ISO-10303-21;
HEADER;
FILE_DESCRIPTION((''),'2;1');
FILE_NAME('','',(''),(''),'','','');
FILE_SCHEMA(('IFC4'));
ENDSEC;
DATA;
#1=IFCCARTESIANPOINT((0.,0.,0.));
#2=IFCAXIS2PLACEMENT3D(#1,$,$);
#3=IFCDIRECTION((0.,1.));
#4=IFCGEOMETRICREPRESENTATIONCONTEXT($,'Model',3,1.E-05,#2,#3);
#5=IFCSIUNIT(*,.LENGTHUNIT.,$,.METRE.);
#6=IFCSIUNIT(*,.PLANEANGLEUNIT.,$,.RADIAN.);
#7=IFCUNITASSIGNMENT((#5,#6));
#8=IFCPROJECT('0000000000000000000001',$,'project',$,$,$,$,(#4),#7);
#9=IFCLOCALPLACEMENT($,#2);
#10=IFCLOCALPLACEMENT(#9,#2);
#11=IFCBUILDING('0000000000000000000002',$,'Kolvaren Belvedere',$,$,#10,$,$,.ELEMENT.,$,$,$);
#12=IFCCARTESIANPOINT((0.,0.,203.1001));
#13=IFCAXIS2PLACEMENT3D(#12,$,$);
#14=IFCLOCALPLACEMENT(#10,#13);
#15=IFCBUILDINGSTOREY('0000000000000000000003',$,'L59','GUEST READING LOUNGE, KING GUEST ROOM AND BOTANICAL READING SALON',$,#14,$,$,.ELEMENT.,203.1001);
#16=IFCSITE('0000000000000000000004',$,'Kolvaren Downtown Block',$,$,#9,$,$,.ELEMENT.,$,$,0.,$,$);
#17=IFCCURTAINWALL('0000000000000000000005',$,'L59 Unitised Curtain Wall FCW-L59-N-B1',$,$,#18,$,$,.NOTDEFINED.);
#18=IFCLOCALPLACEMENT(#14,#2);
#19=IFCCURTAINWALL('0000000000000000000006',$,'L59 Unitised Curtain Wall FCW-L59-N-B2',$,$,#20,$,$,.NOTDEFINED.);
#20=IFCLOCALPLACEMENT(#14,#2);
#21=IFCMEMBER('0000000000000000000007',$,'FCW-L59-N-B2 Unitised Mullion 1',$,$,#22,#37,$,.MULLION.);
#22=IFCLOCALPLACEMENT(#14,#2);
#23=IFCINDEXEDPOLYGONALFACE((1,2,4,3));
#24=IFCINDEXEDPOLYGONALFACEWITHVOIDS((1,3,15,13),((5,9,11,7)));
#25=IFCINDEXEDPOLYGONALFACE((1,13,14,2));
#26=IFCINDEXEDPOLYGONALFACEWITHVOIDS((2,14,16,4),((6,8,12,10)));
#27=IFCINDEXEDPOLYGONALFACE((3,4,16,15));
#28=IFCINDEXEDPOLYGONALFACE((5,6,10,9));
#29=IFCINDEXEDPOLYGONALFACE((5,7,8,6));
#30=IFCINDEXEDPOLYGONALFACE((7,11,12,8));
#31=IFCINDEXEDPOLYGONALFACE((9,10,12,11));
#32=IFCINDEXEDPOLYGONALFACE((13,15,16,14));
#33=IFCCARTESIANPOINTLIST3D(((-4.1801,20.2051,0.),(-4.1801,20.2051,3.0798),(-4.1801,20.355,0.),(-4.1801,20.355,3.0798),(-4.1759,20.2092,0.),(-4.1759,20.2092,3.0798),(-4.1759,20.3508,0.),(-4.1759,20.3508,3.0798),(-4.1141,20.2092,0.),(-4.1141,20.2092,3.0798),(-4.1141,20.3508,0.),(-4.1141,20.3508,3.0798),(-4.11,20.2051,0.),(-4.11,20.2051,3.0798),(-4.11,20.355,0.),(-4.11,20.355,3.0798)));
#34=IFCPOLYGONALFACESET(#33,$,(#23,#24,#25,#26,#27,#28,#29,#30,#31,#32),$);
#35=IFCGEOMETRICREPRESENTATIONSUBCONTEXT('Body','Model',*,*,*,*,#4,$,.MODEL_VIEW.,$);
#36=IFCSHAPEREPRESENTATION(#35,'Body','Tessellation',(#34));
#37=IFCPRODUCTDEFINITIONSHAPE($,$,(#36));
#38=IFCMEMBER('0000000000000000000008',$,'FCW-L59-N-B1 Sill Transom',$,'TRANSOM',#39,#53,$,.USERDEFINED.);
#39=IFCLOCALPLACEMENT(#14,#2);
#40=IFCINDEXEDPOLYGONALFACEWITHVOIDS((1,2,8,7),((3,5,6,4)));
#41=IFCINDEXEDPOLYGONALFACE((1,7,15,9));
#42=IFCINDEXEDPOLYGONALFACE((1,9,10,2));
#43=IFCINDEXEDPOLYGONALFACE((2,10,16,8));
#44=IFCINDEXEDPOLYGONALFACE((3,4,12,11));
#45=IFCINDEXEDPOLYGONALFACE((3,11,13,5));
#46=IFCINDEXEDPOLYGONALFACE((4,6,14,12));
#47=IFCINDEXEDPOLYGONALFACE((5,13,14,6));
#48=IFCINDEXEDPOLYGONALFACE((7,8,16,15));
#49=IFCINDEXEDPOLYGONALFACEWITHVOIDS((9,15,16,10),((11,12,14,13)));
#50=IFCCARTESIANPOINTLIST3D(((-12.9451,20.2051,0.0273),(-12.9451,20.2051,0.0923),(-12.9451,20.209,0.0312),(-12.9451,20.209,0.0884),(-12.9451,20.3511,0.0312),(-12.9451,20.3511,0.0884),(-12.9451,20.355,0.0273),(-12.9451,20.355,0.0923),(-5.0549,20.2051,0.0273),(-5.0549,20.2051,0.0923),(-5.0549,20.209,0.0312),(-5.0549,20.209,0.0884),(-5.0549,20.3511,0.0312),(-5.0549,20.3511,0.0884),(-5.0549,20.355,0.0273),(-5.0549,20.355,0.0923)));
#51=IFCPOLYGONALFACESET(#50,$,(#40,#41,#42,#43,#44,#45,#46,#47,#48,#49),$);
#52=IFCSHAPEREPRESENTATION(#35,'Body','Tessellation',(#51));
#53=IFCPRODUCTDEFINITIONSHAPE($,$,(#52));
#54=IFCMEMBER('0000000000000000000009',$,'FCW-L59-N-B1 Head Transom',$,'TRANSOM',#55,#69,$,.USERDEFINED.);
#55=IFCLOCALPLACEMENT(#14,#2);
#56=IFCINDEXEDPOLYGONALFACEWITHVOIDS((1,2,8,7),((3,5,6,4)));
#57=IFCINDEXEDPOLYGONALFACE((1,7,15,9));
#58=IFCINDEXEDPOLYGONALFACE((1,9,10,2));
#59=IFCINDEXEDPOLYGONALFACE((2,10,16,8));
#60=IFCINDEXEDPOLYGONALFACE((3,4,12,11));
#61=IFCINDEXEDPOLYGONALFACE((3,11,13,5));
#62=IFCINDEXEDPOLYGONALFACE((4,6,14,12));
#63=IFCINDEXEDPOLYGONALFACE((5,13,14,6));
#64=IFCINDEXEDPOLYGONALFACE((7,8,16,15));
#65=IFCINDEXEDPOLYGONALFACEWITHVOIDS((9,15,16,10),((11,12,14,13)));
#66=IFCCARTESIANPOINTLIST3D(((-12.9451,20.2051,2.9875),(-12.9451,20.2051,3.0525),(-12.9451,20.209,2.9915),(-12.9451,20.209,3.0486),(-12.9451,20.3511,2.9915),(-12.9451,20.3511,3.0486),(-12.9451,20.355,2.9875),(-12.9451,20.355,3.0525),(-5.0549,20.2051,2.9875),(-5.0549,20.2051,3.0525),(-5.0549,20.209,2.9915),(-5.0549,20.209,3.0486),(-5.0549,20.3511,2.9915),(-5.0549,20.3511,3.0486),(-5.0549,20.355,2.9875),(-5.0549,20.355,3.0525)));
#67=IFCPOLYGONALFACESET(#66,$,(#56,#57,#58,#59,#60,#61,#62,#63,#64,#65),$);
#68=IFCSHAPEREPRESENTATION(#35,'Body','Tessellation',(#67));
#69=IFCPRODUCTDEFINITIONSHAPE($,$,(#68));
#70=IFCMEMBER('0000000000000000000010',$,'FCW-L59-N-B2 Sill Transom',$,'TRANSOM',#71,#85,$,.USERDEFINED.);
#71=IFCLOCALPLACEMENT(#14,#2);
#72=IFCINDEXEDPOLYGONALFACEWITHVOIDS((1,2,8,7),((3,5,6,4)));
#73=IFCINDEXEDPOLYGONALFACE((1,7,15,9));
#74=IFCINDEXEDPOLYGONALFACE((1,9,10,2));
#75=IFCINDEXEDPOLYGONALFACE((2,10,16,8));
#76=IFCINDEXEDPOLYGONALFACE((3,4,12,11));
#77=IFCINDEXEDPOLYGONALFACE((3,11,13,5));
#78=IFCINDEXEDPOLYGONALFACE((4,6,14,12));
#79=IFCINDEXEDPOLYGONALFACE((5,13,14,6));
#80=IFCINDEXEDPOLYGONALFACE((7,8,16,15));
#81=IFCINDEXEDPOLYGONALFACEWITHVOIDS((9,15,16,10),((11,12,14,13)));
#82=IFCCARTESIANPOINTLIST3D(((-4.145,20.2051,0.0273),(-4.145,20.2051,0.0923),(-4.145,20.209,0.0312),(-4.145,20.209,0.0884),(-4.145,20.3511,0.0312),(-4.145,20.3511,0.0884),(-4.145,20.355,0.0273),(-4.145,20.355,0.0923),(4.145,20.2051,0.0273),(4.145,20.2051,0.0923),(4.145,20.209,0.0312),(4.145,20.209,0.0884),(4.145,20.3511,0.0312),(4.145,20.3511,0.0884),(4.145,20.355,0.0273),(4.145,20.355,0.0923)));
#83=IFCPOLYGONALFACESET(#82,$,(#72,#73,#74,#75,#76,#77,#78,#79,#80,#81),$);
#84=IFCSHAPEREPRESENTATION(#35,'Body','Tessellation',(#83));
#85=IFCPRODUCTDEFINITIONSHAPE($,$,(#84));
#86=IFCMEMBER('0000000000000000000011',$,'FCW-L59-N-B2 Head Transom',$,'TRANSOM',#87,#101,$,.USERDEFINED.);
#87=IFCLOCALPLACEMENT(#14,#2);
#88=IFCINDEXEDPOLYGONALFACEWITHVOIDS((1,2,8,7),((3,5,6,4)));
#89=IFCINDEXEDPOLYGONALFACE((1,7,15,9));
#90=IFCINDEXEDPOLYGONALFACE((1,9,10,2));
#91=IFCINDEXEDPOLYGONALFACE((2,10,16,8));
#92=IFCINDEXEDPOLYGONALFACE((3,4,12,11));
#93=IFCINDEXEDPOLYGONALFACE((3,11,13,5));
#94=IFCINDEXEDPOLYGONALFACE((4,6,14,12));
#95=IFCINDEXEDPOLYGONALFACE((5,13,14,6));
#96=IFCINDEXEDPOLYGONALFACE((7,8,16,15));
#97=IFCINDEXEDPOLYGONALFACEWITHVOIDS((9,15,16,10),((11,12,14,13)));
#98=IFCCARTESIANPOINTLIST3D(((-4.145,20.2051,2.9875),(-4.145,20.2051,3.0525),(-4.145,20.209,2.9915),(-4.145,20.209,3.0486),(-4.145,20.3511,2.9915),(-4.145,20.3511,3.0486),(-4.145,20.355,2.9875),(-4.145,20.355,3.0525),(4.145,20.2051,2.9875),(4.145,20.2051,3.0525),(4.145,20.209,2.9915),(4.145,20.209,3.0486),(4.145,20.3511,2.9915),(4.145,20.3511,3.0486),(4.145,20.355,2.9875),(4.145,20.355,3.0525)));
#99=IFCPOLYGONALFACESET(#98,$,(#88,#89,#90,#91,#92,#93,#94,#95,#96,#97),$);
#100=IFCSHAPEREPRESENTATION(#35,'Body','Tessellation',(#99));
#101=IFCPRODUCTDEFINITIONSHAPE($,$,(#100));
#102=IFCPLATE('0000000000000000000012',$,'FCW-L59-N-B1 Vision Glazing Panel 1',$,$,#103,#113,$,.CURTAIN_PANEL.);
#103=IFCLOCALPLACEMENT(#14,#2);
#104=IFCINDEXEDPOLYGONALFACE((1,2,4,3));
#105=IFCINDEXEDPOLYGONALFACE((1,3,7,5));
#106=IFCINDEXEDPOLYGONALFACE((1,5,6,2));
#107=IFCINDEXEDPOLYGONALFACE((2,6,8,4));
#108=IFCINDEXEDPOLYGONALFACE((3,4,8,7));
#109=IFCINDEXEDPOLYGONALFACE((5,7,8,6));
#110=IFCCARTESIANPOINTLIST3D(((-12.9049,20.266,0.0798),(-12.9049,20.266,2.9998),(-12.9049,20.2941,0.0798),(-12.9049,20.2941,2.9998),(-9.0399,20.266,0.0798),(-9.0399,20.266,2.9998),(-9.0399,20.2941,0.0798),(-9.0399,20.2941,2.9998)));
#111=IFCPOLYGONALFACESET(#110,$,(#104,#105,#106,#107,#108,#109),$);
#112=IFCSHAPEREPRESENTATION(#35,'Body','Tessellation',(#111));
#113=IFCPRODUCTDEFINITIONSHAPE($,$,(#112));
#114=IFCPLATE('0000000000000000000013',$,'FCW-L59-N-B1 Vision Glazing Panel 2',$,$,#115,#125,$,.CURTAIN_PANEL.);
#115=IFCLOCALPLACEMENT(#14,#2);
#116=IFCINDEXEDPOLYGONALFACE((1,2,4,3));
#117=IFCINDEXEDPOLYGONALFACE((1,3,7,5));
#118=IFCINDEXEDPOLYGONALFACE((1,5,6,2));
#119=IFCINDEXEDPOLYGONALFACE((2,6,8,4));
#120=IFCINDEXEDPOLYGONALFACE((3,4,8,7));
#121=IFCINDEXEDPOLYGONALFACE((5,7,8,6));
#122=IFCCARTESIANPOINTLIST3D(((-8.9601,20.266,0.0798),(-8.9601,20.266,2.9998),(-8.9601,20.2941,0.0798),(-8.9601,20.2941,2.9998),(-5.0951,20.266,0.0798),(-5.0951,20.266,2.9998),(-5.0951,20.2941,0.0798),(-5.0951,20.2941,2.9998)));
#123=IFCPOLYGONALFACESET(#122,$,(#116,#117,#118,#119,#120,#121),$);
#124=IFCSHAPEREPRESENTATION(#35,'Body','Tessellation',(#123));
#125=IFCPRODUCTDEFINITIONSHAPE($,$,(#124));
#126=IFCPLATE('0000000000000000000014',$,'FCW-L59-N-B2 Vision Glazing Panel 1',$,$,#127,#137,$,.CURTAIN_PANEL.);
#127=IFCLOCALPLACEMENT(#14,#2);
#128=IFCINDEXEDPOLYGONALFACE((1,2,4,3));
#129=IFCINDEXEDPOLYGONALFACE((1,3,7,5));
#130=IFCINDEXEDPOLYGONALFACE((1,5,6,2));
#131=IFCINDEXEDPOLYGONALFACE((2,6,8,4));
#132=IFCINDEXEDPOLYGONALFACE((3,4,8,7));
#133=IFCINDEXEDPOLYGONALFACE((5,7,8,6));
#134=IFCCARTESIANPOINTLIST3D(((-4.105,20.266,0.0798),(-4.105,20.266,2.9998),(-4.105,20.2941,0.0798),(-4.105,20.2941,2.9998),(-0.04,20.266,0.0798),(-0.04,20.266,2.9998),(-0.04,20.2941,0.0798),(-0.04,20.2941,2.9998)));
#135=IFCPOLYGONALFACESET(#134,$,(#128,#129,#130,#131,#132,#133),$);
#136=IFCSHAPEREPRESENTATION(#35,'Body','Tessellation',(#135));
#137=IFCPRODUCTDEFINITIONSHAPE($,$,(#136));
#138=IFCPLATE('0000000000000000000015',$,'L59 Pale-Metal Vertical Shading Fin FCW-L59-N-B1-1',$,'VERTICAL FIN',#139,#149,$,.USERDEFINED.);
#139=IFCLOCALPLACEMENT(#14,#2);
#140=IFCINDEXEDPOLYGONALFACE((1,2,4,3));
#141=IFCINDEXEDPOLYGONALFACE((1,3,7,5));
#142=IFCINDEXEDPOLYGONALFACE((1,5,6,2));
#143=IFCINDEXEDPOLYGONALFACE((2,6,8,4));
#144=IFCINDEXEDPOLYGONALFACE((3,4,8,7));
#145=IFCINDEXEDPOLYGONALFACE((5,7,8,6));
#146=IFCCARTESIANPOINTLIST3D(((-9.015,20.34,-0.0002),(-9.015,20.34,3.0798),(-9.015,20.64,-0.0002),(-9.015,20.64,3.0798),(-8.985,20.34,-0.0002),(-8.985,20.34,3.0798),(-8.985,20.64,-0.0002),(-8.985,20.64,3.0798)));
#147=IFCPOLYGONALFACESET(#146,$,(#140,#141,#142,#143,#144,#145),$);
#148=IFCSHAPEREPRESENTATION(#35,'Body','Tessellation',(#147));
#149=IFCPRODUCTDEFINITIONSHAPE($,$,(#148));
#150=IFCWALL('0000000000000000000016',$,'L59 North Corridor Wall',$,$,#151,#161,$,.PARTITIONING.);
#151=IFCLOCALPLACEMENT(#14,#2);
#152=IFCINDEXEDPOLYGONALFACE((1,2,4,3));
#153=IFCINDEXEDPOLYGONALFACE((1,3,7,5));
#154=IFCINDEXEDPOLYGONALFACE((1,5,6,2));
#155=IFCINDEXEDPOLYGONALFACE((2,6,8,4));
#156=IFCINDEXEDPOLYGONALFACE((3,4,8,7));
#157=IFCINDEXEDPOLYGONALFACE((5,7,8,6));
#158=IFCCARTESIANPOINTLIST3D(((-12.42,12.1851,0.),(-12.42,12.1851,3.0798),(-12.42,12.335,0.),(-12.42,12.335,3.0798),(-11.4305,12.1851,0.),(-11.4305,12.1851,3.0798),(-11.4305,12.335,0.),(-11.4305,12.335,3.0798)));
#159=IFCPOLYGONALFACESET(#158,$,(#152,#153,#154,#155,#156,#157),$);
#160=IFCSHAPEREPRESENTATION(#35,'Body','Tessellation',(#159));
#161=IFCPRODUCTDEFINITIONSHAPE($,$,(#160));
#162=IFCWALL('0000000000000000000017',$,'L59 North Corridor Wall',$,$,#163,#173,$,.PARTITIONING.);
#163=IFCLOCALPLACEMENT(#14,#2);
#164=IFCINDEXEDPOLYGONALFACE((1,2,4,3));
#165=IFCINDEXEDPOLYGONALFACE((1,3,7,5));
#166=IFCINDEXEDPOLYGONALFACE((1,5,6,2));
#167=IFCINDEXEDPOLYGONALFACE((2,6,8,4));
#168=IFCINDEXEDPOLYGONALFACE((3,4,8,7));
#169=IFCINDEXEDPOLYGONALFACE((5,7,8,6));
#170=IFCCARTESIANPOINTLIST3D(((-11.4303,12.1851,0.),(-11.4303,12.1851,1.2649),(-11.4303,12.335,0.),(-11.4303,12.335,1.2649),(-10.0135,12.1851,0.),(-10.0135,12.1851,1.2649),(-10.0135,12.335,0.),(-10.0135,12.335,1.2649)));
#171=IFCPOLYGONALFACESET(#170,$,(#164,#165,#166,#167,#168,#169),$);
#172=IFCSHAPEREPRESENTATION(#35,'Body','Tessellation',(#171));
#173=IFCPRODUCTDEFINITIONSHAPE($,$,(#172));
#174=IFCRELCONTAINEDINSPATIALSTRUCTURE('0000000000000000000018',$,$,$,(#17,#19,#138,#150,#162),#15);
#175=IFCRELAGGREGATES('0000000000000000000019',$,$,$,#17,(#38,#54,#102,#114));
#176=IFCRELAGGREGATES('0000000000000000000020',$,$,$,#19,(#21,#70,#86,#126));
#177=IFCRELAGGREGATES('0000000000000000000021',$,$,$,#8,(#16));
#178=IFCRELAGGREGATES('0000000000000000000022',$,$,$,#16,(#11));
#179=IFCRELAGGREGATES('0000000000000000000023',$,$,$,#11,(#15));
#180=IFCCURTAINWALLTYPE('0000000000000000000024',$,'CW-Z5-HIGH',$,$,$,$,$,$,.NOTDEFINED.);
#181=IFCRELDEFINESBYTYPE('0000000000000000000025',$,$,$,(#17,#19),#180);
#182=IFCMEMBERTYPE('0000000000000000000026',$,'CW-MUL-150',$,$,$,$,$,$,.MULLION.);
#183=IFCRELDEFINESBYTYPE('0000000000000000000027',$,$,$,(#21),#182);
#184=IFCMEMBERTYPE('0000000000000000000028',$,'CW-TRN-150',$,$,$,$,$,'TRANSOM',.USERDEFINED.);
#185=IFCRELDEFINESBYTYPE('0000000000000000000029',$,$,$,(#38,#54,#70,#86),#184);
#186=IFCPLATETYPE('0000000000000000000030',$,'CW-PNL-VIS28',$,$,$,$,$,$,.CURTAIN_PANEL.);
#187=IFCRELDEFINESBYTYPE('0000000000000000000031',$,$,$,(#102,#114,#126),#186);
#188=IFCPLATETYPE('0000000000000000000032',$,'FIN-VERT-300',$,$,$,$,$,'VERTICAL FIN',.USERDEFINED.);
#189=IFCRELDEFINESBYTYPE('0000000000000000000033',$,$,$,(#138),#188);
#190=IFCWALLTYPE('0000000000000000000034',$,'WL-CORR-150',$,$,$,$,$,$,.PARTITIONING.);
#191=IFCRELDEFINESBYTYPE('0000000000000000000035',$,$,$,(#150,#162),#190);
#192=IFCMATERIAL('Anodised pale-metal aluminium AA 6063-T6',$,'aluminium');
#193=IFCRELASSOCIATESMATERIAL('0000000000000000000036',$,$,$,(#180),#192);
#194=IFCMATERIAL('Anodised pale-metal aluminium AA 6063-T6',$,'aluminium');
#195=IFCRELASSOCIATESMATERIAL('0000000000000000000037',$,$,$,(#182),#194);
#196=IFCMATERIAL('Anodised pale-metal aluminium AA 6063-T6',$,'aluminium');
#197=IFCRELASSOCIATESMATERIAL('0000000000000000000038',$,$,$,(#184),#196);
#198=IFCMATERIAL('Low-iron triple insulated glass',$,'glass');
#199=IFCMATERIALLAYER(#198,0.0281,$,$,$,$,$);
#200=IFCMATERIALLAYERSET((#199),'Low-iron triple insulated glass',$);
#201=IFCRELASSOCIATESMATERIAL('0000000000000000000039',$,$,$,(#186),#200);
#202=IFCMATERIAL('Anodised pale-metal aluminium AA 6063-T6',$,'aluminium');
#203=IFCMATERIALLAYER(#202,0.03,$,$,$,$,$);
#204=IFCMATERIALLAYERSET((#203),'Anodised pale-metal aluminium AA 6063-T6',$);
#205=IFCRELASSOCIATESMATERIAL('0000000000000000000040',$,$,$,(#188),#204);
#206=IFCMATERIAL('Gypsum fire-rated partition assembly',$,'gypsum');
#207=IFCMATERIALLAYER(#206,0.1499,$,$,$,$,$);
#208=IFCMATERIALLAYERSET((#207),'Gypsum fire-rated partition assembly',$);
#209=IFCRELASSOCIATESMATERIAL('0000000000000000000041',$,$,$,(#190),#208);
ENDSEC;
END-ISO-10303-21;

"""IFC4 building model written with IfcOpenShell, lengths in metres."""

from ifc_helpers import new_model, si_unit, direction, frame, frame_2d, origin, origin_2d, place, context, subcontext, project, spatial, rectangle, hollow_rectangle, extrude, material, layer, layer_set, material_profile, profile_set, type_object, element, aggregate, save


model = new_model("IFC4")

# Units and contexts
model_context = context("Model", 3, precision=1e-05, world=origin(), true_north=direction((0.0, 1.0)))
body_context = subcontext(model_context, "Body", "Model", "MODEL_VIEW")
ifc_project = project(units=[si_unit("LENGTHUNIT", "METRE"), si_unit("PLANEANGLEUNIT", "RADIAN")], contexts=[model_context])

# Site, building, storey
site_placement = place(None, origin())
site = spatial("IfcSite", under=ifc_project, at=site_placement, Name="Kolvaren Downtown Block", CompositionType="ELEMENT", RefElevation=0.0)
building_placement = place(site_placement, origin())
building = spatial("IfcBuilding", under=site, at=building_placement, Name="Kolvaren Belvedere", CompositionType="ELEMENT")
storey_placement = place(building_placement, frame((0.0, 0.0, 203.1001)))
storey = spatial("IfcBuildingStorey", under=building, at=storey_placement, Name="L59", Description="GUEST READING LOUNGE, KING GUEST ROOM AND BOTANICAL READING SALON", CompositionType="ELEMENT", Elevation=203.1001)

# Curtain wall
ifc_material_1 = material(Name="Anodised pale-metal aluminium AA 6063-T6", Category="aluminium")
curtain_wall_type = type_object("IfcCurtainWallType", Name="CW-Z5-HIGH", PredefinedType="NOTDEFINED", material=ifc_material_1)
curtain_wall_1_placement = place(storey_placement, origin())
curtain_wall_1 = element("IfcCurtainWall", 1, at=curtain_wall_1_placement, inside=storey, type_object=curtain_wall_type, Name="L59 Unitised Curtain Wall FCW-L59-N-B1", PredefinedType="NOTDEFINED")
ifc_material_2 = material(Name="Anodised pale-metal aluminium AA 6063-T6", Category="aluminium")
ifc_material_profile_1 = material_profile(ifc_material_2, hollow_rectangle(XDim=0.0701, YDim=0.1499, WallThickness=0.0042, at=origin_2d()), Name="ALU-MUL-150X70")
ifc_profile_set_1 = profile_set([ifc_material_profile_1], Name="Anodised pale-metal aluminium AA 6063-T6")
member_type_1 = type_object("IfcMemberType", Name="CW-MUL-150", PredefinedType="MULLION", material=ifc_profile_set_1)

# Curtain wall, member
curtain_wall_2_placement = place(storey_placement, origin())
curtain_wall_2 = element("IfcCurtainWall", 2, at=curtain_wall_2_placement, inside=storey, type_object=curtain_wall_type, Name="L59 Unitised Curtain Wall FCW-L59-N-B2", PredefinedType="NOTDEFINED")
member_1_placement = place(storey_placement, frame((-4.145, 20.28, 0.0), z_axis=(0.0, 0.0, 1.0), x_axis=(1.0, 0.0, 0.0)))
member_1 = element("IfcMember", 3, at=member_1_placement, type_object=member_type_1, Name="FCW-L59-N-B2 Unitised Mullion 1", PredefinedType="MULLION", context=body_context, shape_type="SweptSolid", body=[
    extrude(hollow_rectangle(XDim=0.0701, YDim=0.1499, WallThickness=0.0042, at=origin_2d()), origin(), (0.0, 0.0, 1.0), 3.0798),
])

# Members
ifc_material_3 = material(Name="Anodised pale-metal aluminium AA 6063-T6", Category="aluminium")
ifc_material_profile_2 = material_profile(ifc_material_3, hollow_rectangle(XDim=0.0649, YDim=0.1499, WallThickness=0.0039, at=origin_2d()), Name="ALU-TRN-150X65")
ifc_profile_set_2 = profile_set([ifc_material_profile_2], Name="Anodised pale-metal aluminium AA 6063-T6")
member_type_2 = type_object("IfcMemberType", Name="CW-TRN-150", ElementType="TRANSOM", PredefinedType="USERDEFINED", material=ifc_profile_set_2)
member_2_placement = place(storey_placement, frame((-12.9451, 20.28, 0.0598), z_axis=(1.0, 0.0, 0.0), x_axis=(0.0, 0.0, 1.0)))
member_2 = element("IfcMember", 4, at=member_2_placement, type_object=member_type_2, Name="FCW-L59-N-B1 Sill Transom", ObjectType="TRANSOM", PredefinedType="USERDEFINED", context=body_context, shape_type="SweptSolid", body=[
    extrude(hollow_rectangle(XDim=0.0649, YDim=0.1499, WallThickness=0.0039, at=origin_2d()), origin(), (0.0, 0.0, 1.0), 7.8901),
])
member_3_placement = place(storey_placement, frame((-12.9451, 20.28, 3.02), z_axis=(1.0, 0.0, 0.0), x_axis=(0.0, 0.0, 1.0)))
member_3 = element("IfcMember", 5, at=member_3_placement, type_object=member_type_2, Name="FCW-L59-N-B1 Head Transom", ObjectType="TRANSOM", PredefinedType="USERDEFINED", context=body_context, shape_type="SweptSolid", body=[
    extrude(hollow_rectangle(XDim=0.0649, YDim=0.1499, WallThickness=0.0039, at=origin_2d()), origin(), (0.0, 0.0, 1.0), 7.8901),
])
member_4_placement = place(storey_placement, frame((-4.145, 20.28, 0.0598), z_axis=(1.0, 0.0, 0.0), x_axis=(0.0, 0.0, 1.0)))
member_4 = element("IfcMember", 6, at=member_4_placement, type_object=member_type_2, Name="FCW-L59-N-B2 Sill Transom", ObjectType="TRANSOM", PredefinedType="USERDEFINED", context=body_context, shape_type="SweptSolid", body=[
    extrude(hollow_rectangle(XDim=0.0649, YDim=0.1499, WallThickness=0.0039, at=origin_2d()), origin(), (0.0, 0.0, 1.0), 8.29),
])
member_5_placement = place(storey_placement, frame((-4.145, 20.28, 3.02), z_axis=(1.0, 0.0, 0.0), x_axis=(0.0, 0.0, 1.0)))
member_5 = element("IfcMember", 7, at=member_5_placement, type_object=member_type_2, Name="FCW-L59-N-B2 Head Transom", ObjectType="TRANSOM", PredefinedType="USERDEFINED", context=body_context, shape_type="SweptSolid", body=[
    extrude(hollow_rectangle(XDim=0.0649, YDim=0.1499, WallThickness=0.0039, at=origin_2d()), origin(), (0.0, 0.0, 1.0), 8.29),
])

# Plates
ifc_material_4 = material(Name="Low-iron triple insulated glass", Category="glass")
ifc_layer_1 = layer(ifc_material_4, 0.0281)
ifc_layer_set_1 = layer_set([ifc_layer_1], Name="Low-iron triple insulated glass")
plate_type_1 = type_object("IfcPlateType", Name="CW-PNL-VIS28", PredefinedType="CURTAIN_PANEL", material=ifc_layer_set_1)
plate_1_placement = place(storey_placement, frame((-10.9724, 20.28, 0.0798), z_axis=(0.0, 0.0, 1.0), x_axis=(1.0, 0.0, 0.0)))
plate_1 = element("IfcPlate", 8, at=plate_1_placement, type_object=plate_type_1, Name="FCW-L59-N-B1 Vision Glazing Panel 1", PredefinedType="CURTAIN_PANEL", context=body_context, shape_type="SweptSolid", body=[
    extrude(rectangle(XDim=3.865, YDim=0.0281, at=origin_2d()), origin(), (0.0, 0.0, 1.0), 2.9199),
])
plate_2_placement = place(storey_placement, frame((-7.0276, 20.28, 0.0798), z_axis=(0.0, 0.0, 1.0), x_axis=(1.0, 0.0, 0.0)))
plate_2 = element("IfcPlate", 9, at=plate_2_placement, type_object=plate_type_1, Name="FCW-L59-N-B1 Vision Glazing Panel 2", PredefinedType="CURTAIN_PANEL", context=body_context, shape_type="SweptSolid", body=[
    extrude(rectangle(XDim=3.865, YDim=0.0281, at=origin_2d()), origin(), (0.0, 0.0, 1.0), 2.9199),
])
aggregate(curtain_wall_1, [member_2, member_3, plate_1, plate_2])
plate_3_placement = place(storey_placement, frame((-2.0725, 20.28, 0.0798), z_axis=(0.0, 0.0, 1.0), x_axis=(1.0, 0.0, 0.0)))
plate_3 = element("IfcPlate", 10, at=plate_3_placement, type_object=plate_type_1, Name="FCW-L59-N-B2 Vision Glazing Panel 1", PredefinedType="CURTAIN_PANEL", context=body_context, shape_type="SweptSolid", body=[
    extrude(rectangle(XDim=4.0649, YDim=0.0281, at=origin_2d()), origin(), (0.0, 0.0, 1.0), 2.9199),
])
aggregate(curtain_wall_2, [member_1, member_4, member_5, plate_3])
ifc_material_5 = material(Name="Anodised pale-metal aluminium AA 6063-T6", Category="aluminium")
ifc_layer_2 = layer(ifc_material_5, 0.03)
ifc_layer_set_2 = layer_set([ifc_layer_2], Name="Anodised pale-metal aluminium AA 6063-T6")
plate_type_2 = type_object("IfcPlateType", Name="FIN-VERT-300", ElementType="VERTICAL FIN", PredefinedType="USERDEFINED", material=ifc_layer_set_2)
plate_4_placement = place(storey_placement, frame((-9.0, 20.49, -0.0002), z_axis=(0.0, 0.0, 1.0), x_axis=(0.0, 1.0, 0.0)))
element("IfcPlate", 11, at=plate_4_placement, inside=storey, type_object=plate_type_2, Name="L59 Pale-Metal Vertical Shading Fin FCW-L59-N-B1-1", ObjectType="VERTICAL FIN", PredefinedType="USERDEFINED", context=body_context, shape_type="SweptSolid", body=[
    extrude(rectangle(XDim=0.3, YDim=0.03, at=origin_2d()), origin(), (0.0, 0.0, 1.0), 3.0801),
])

# Walls
ifc_material_6 = material(Name="Gypsum fire-rated partition assembly", Category="gypsum")
ifc_layer_3 = layer(ifc_material_6, 0.1499)
ifc_layer_set_3 = layer_set([ifc_layer_3], Name="Gypsum fire-rated partition assembly")
wall_type_1 = type_object("IfcWallType", Name="WL-CORR-150", PredefinedType="PARTITIONING", material=ifc_layer_set_3)
wall_1_placement = place(storey_placement, frame((-12.4199, 12.26, 0.0), z_axis=(0.0, 0.0, 1.0), x_axis=(1.0, 0.0, 0.0)))
element("IfcWall", 12, at=wall_1_placement, inside=storey, type_object=wall_type_1, Name="L59 North Corridor Wall", PredefinedType="PARTITIONING", context=body_context, shape_type="SweptSolid", body=[
    extrude(rectangle(XDim=0.9895, YDim=0.1499, at=frame_2d((0.4946, 0.0))), origin(), (0.0, 0.0, 1.0), 3.0798),
])
wall_2_placement = place(storey_placement, frame((-11.4304, 12.26, 0.0), z_axis=(0.0, 0.0, 1.0), x_axis=(1.0, 0.0, 0.0)))
element("IfcWall", 13, at=wall_2_placement, inside=storey, type_object=wall_type_1, Name="L59 North Corridor Wall", PredefinedType="PARTITIONING", context=body_context, shape_type="SweptSolid", body=[
    extrude(rectangle(XDim=1.4167, YDim=0.1499, at=frame_2d((0.7085, 0.0))), origin(), (0.0, 0.0, 1.0), 1.2649),
])

save(model, "model.ifc")
